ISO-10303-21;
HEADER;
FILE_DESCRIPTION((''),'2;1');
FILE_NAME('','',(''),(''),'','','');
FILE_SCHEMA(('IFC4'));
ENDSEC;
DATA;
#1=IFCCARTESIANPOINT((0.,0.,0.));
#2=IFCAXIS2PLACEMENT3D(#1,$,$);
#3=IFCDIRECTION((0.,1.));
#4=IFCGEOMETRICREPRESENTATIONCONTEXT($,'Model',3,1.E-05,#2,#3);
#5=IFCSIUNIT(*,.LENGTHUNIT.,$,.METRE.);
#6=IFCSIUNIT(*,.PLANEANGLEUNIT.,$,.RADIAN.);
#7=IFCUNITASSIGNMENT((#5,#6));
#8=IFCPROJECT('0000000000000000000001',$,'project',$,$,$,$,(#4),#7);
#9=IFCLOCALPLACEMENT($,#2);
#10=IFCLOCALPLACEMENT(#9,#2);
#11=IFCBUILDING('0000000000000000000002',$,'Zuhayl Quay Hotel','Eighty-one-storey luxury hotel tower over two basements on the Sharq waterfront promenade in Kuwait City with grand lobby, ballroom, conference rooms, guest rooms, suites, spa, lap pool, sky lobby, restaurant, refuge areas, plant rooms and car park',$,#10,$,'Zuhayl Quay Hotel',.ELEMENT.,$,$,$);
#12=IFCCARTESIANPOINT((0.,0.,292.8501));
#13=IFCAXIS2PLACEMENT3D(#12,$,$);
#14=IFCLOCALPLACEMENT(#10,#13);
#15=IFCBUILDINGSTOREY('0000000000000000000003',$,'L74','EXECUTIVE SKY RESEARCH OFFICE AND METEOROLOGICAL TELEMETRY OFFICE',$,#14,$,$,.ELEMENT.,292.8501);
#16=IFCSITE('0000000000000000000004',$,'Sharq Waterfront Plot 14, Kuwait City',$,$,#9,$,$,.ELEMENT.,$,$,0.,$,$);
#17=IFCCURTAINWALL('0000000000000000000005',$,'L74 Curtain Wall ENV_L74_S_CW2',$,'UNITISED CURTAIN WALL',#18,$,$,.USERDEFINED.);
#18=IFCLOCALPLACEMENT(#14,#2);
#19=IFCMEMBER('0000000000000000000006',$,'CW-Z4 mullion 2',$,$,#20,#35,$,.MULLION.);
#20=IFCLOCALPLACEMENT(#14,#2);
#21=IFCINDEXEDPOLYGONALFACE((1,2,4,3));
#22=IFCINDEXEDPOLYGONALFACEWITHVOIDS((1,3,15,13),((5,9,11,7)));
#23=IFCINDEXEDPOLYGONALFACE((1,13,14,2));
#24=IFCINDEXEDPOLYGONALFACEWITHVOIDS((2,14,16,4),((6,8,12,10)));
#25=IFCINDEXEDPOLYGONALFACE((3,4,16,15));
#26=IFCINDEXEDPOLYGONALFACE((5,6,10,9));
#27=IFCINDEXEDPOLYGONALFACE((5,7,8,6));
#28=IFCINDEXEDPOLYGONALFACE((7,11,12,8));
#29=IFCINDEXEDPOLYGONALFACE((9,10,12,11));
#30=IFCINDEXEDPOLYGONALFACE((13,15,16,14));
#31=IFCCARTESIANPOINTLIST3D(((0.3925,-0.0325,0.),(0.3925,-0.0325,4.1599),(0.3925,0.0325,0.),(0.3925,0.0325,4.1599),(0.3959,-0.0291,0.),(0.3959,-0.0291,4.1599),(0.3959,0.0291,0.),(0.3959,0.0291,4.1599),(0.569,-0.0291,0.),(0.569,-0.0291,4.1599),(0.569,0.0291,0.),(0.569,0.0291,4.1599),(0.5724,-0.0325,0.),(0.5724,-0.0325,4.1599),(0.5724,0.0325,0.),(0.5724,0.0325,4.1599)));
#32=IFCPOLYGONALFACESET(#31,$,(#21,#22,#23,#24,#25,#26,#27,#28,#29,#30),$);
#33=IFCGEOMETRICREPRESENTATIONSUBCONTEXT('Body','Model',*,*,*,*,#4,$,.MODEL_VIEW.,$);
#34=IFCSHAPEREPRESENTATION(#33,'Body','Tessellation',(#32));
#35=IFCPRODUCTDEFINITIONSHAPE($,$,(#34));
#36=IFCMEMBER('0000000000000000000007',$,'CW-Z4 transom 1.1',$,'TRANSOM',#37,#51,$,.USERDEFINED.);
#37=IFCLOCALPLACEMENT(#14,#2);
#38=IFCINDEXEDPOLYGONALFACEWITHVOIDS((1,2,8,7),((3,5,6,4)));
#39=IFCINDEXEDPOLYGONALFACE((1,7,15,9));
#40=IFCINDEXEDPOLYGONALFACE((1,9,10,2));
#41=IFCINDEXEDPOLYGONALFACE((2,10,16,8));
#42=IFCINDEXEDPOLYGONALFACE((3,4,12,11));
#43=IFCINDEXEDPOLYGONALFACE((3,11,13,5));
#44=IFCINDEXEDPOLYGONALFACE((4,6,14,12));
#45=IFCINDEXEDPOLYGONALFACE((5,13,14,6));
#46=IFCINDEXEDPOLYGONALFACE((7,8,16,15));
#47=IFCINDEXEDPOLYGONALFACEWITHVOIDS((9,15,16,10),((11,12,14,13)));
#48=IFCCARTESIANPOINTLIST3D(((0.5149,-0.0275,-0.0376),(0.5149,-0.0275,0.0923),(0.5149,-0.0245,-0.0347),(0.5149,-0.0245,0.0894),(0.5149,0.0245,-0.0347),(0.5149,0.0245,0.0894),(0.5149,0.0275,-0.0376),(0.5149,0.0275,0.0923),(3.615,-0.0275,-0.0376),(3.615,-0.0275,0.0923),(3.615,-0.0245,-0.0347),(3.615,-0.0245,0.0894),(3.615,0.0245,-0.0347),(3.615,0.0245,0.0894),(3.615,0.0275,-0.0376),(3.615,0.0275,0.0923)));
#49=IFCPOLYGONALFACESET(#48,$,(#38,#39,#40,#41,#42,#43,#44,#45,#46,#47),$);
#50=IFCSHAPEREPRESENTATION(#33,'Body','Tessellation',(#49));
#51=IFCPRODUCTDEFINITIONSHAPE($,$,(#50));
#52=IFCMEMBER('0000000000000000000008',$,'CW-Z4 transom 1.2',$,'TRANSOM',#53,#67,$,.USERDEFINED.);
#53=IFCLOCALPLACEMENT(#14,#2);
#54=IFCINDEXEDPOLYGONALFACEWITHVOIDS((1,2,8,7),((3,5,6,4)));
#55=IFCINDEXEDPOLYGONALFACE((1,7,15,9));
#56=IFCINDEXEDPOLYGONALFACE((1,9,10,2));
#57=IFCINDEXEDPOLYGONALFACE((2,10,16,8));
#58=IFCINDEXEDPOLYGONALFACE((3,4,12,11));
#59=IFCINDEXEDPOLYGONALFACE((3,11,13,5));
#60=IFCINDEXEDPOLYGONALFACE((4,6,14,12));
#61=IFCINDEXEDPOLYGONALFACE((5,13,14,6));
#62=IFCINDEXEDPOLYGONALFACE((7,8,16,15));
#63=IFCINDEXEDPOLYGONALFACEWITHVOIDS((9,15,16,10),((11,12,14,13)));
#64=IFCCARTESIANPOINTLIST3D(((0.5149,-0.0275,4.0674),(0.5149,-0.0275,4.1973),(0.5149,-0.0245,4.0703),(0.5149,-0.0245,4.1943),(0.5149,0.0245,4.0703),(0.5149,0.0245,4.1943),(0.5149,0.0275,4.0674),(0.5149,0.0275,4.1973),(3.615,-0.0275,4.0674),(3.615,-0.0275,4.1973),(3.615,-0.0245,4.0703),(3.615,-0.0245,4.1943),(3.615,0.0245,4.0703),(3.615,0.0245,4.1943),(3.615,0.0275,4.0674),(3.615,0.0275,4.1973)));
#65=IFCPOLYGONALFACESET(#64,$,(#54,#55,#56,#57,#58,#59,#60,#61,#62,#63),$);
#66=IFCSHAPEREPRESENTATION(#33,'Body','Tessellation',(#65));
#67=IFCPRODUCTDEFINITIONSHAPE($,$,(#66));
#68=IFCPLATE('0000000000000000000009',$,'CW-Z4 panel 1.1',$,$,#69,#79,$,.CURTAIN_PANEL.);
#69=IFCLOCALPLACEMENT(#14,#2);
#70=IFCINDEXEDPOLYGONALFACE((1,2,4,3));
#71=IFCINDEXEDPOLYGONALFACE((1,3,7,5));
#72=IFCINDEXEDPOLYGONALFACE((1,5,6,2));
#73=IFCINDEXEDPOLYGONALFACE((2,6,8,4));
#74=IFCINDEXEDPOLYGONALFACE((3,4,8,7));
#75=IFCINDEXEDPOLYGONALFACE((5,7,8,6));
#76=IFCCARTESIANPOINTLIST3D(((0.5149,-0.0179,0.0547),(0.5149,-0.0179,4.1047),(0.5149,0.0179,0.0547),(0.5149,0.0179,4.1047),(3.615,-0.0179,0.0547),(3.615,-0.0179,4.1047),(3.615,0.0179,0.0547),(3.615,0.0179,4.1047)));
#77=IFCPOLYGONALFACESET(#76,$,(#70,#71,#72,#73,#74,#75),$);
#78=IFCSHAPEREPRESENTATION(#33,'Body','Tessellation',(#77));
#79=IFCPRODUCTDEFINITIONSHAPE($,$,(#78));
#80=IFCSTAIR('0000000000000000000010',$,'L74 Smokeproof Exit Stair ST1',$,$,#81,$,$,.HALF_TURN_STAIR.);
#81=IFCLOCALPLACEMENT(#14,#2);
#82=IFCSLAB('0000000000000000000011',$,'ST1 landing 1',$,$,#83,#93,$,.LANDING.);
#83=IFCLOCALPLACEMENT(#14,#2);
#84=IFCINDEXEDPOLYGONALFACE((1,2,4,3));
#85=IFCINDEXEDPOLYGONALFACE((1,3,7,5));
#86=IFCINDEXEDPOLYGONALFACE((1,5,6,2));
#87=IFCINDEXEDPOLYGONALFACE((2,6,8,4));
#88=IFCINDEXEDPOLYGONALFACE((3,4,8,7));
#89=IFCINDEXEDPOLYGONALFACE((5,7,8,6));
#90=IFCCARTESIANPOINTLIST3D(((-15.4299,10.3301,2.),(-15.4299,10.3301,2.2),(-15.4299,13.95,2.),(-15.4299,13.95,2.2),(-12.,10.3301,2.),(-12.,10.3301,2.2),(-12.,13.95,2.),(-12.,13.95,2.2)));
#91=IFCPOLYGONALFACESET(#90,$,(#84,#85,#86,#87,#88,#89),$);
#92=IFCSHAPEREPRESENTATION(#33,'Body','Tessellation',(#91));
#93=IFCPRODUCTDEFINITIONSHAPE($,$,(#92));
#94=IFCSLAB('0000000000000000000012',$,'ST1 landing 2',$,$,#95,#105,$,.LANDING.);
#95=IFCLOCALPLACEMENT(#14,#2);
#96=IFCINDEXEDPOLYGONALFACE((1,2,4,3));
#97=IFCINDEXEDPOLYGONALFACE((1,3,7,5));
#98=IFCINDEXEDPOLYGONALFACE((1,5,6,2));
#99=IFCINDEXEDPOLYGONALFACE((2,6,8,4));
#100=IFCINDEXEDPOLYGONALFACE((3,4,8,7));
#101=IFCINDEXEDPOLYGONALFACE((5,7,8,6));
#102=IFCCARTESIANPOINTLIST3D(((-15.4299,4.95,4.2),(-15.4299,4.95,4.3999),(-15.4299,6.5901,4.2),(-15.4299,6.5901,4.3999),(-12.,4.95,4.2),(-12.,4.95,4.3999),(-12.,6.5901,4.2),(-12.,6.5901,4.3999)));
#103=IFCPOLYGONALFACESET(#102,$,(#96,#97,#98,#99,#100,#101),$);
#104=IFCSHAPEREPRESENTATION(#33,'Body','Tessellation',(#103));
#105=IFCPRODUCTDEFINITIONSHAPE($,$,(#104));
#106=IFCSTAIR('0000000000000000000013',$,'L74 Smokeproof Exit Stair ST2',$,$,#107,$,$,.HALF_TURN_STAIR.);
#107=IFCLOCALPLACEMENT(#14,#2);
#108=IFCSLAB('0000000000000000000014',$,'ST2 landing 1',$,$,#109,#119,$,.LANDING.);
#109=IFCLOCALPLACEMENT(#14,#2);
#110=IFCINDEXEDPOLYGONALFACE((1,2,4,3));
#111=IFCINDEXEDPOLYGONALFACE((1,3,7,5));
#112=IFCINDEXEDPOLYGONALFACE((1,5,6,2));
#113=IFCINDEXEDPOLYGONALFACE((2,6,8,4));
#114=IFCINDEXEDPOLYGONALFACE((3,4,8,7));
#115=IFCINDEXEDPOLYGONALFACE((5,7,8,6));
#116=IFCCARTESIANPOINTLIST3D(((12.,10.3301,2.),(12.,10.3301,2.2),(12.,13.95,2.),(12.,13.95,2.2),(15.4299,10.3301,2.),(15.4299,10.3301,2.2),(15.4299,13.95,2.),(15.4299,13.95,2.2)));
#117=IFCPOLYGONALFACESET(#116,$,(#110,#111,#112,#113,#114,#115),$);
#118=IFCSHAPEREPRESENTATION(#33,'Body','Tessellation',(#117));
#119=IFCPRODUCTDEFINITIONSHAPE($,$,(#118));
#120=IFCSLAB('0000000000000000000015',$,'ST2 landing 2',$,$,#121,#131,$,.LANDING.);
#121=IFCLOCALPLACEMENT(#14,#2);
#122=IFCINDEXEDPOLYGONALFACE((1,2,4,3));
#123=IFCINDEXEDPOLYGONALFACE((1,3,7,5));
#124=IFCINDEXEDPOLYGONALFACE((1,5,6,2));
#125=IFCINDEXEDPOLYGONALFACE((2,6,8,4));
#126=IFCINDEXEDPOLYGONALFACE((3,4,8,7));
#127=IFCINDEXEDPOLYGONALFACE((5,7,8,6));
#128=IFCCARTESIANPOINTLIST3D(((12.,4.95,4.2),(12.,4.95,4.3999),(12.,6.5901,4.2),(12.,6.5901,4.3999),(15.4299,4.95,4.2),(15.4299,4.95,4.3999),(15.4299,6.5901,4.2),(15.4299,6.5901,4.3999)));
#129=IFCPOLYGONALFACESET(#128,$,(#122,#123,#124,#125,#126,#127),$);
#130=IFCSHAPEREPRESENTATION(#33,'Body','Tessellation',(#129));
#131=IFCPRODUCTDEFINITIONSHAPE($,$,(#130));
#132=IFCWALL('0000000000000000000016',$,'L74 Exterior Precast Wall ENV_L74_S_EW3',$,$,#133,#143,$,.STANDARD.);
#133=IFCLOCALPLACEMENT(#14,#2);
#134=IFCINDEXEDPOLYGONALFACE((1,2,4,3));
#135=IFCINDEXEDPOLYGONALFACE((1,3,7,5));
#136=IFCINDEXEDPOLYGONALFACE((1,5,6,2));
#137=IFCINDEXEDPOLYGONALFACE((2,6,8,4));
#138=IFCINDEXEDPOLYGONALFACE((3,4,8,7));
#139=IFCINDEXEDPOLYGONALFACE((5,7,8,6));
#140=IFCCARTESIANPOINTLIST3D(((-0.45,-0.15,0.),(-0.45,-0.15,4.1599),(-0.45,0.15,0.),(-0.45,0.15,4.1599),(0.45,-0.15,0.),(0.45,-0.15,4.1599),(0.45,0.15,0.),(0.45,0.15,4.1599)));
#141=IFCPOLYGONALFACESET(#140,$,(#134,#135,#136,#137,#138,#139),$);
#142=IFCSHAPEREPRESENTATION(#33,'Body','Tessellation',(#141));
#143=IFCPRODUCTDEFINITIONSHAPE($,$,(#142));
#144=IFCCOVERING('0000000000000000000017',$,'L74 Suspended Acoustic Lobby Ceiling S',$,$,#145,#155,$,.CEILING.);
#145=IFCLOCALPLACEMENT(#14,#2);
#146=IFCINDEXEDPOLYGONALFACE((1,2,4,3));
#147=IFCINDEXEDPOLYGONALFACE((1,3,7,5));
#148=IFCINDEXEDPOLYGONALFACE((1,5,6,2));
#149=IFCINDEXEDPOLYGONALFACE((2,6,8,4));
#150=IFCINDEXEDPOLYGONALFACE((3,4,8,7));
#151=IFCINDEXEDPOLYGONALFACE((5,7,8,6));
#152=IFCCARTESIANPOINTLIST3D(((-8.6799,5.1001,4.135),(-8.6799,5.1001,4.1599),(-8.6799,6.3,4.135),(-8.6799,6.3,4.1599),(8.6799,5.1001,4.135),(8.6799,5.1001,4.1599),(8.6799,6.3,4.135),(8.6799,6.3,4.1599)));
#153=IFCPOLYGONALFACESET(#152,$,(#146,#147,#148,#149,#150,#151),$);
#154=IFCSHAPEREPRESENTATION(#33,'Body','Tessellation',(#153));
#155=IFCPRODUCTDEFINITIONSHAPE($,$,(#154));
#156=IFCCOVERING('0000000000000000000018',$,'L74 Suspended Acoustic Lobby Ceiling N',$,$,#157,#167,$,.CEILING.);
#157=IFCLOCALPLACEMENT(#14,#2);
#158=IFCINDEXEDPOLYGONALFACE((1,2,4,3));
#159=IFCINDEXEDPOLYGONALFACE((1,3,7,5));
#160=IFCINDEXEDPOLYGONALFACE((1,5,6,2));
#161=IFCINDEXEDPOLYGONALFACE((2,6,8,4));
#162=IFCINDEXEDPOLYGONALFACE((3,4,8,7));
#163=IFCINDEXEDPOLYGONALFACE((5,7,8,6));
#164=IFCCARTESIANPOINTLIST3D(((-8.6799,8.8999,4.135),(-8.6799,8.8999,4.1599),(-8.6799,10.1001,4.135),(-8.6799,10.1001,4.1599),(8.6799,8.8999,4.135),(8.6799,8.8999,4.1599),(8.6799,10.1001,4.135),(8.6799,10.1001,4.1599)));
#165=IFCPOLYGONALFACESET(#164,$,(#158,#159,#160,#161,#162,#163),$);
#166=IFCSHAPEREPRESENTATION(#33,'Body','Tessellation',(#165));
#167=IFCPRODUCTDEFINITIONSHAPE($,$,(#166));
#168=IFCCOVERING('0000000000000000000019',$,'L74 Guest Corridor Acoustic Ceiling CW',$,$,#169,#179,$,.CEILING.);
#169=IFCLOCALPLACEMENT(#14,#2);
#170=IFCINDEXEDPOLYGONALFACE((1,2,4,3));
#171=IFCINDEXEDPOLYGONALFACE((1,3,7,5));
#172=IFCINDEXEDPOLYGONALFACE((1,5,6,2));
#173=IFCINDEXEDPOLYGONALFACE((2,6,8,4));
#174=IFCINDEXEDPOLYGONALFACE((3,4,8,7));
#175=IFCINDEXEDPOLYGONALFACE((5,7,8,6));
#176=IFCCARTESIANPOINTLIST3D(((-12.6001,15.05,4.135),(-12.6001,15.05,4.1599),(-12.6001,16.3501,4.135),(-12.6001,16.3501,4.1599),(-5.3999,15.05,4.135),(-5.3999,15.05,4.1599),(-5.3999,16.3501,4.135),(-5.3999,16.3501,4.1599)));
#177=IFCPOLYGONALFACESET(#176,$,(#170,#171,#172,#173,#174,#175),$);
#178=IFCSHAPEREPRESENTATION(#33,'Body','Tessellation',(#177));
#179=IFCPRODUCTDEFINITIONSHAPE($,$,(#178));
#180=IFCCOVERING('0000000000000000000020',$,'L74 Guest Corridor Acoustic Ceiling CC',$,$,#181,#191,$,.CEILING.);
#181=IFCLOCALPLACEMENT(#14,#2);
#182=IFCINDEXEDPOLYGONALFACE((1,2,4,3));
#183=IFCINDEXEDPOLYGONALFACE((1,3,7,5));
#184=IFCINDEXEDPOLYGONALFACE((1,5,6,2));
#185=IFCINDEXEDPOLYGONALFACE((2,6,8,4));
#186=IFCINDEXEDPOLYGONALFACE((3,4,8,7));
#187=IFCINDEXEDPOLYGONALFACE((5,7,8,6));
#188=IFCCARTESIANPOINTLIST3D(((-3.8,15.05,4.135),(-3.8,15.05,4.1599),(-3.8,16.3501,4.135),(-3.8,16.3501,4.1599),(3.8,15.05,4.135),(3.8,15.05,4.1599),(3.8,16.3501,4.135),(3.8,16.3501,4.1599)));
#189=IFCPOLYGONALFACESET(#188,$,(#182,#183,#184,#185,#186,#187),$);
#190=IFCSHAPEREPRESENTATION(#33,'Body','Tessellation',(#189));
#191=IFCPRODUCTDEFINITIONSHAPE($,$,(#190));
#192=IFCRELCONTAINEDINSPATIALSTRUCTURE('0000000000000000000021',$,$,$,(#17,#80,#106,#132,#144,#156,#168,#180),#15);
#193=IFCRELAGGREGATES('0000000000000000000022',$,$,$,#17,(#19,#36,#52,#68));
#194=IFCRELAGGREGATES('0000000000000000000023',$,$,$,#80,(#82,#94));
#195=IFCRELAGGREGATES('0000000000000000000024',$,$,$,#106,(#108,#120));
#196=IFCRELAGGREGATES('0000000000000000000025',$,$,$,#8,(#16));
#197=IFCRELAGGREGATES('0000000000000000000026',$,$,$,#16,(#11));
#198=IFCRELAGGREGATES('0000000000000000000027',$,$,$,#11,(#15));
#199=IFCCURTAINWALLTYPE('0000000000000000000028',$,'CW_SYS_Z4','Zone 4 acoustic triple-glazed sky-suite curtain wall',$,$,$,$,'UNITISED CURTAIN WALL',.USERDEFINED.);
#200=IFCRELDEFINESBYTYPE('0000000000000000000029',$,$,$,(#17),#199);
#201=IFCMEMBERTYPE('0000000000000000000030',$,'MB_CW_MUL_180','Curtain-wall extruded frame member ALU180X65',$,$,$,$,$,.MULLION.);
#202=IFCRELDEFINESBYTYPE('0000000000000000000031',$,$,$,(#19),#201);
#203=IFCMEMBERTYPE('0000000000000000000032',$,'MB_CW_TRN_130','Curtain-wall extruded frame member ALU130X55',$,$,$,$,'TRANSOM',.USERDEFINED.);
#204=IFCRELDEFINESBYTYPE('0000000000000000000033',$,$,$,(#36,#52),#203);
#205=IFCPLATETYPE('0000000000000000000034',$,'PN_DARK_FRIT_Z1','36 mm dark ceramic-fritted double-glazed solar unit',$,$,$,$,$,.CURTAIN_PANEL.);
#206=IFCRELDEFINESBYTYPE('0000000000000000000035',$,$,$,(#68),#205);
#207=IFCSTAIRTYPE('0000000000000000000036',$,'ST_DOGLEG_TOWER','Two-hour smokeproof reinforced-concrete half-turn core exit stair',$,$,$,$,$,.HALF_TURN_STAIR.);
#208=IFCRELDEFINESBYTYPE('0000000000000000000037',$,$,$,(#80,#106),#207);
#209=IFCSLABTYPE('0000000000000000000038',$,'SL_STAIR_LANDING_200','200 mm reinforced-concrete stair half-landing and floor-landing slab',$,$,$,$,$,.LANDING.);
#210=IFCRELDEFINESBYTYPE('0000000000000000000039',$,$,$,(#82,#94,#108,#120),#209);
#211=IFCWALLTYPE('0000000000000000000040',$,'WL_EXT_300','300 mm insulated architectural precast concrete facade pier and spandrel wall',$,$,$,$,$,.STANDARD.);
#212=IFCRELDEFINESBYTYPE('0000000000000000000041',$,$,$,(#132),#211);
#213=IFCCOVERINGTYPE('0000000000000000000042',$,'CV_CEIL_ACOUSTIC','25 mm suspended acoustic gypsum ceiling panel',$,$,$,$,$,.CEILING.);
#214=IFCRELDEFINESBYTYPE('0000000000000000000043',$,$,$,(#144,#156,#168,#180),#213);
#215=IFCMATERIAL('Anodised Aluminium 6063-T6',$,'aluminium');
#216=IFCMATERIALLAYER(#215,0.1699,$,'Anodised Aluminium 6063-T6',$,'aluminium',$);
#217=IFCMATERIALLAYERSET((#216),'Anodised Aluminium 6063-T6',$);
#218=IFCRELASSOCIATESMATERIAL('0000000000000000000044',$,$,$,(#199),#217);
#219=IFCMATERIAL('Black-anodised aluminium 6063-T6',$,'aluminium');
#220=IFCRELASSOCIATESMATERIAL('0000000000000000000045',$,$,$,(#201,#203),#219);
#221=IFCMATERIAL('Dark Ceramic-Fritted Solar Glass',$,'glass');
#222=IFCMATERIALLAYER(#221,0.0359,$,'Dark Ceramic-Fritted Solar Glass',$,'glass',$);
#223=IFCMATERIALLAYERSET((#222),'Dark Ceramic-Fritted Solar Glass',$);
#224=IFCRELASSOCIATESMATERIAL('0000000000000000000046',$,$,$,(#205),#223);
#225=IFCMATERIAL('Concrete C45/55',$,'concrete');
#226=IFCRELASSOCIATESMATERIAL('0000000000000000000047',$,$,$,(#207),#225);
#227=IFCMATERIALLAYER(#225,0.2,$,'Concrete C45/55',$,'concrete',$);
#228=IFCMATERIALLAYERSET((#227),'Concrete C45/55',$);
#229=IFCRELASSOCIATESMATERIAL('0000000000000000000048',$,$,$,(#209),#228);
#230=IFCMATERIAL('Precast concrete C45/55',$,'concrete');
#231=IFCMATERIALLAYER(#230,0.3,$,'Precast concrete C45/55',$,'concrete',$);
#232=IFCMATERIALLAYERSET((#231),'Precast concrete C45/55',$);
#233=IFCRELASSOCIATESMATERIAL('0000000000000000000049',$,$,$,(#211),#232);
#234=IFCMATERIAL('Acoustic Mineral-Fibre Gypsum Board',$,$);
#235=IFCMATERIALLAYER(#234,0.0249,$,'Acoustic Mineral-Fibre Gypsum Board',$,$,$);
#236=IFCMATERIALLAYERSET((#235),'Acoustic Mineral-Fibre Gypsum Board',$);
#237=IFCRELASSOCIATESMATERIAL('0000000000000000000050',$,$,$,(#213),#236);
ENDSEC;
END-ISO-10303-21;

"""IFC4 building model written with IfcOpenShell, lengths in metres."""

from ifc_helpers import new_model, si_unit, direction, frame, frame_2d, origin, origin_2d, place, context, subcontext, project, spatial, polyline, rectangle, hollow_rectangle, outline, extrude, material, layer, layer_set, material_profile, profile_set, type_object, element, aggregate, save


model = new_model("IFC4")

# Units and contexts
model_context = context("Model", 3, precision=1e-05, world=origin(), true_north=direction((0.0, 1.0)))
body_context = subcontext(model_context, "Body", "Model", "MODEL_VIEW")
ifc_project = project(units=[si_unit("LENGTHUNIT", "METRE"), si_unit("PLANEANGLEUNIT", "RADIAN")], contexts=[model_context])

# Site, building, storey
site_placement = place(None, origin())
site = spatial("IfcSite", under=ifc_project, at=site_placement, Name="Sharq Waterfront Plot 14, Kuwait City", CompositionType="ELEMENT", RefElevation=0.0)
building_placement = place(site_placement, origin())
building = spatial("IfcBuilding", under=site, at=building_placement, Name="Zuhayl Quay Hotel", Description="Eighty-one-storey luxury hotel tower over two basements on the Sharq waterfront promenade in Kuwait City with grand lobby, ballroom, conference rooms, guest rooms, suites, spa, lap pool, sky lobby, restaurant, refuge areas, plant rooms and car park", LongName="Zuhayl Quay Hotel", CompositionType="ELEMENT")
storey_placement = place(building_placement, frame((0.0, 0.0, 292.8501)))
storey = spatial("IfcBuildingStorey", under=building, at=storey_placement, Name="L74", Description="EXECUTIVE SKY RESEARCH OFFICE AND METEOROLOGICAL TELEMETRY OFFICE", CompositionType="ELEMENT", Elevation=292.8501)

# Curtain wall, members, plate
ifc_material_1 = material(Name="Anodised Aluminium 6063-T6", Category="aluminium")
ifc_layer_1 = layer(ifc_material_1, 0.1699, Name="Anodised Aluminium 6063-T6", Category="aluminium")
ifc_layer_set_1 = layer_set([ifc_layer_1], Name="Anodised Aluminium 6063-T6")
curtain_wall_type = type_object("IfcCurtainWallType", Name="CW_SYS_Z4", Description="Zone 4 acoustic triple-glazed sky-suite curtain wall", ElementType="UNITISED CURTAIN WALL", PredefinedType="USERDEFINED", material=ifc_layer_set_1)
curtain_wall_placement = place(storey_placement, origin())
curtain_wall = element("IfcCurtainWall", 1, at=curtain_wall_placement, inside=storey, type_object=curtain_wall_type, Name="L74 Curtain Wall ENV_L74_S_CW2", ObjectType="UNITISED CURTAIN WALL", PredefinedType="USERDEFINED")
ifc_material_2 = material(Name="Black-anodised aluminium 6063-T6", Category="aluminium")
ifc_material_profile_1 = material_profile(ifc_material_2, hollow_rectangle(XDim=0.0649, YDim=0.1799, WallThickness=0.0034, at=origin_2d()), Name="ALU180X65")
ifc_profile_set_1 = profile_set([ifc_material_profile_1], Name="Black-anodised aluminium 6063-T6")
member_type_1 = type_object("IfcMemberType", Name="MB_CW_MUL_180", Description="Curtain-wall extruded frame member ALU180X65", PredefinedType="MULLION", material=ifc_profile_set_1)
member_1_placement = place(storey_placement, frame((0.4824, 0.0, 0.0), z_axis=(0.0, 0.0, 1.0), x_axis=(0.0, -1.0, 0.0)))
member_1 = element("IfcMember", 2, at=member_1_placement, type_object=member_type_1, Name="CW-Z4 mullion 2", PredefinedType="MULLION", context=body_context, shape_type="SweptSolid", body=[
    extrude(hollow_rectangle(XDim=0.0649, YDim=0.1799, WallThickness=0.0034, at=origin_2d()), origin(), (0.0, 0.0, 1.0), 4.1599),
])
ifc_material_profile_2 = material_profile(ifc_material_2, hollow_rectangle(XDim=0.0549, YDim=0.1299, WallThickness=0.0029, at=origin_2d()), Name="ALU130X55")
ifc_profile_set_2 = profile_set([ifc_material_profile_2], Name="Black-anodised aluminium 6063-T6")
member_type_2 = type_object("IfcMemberType", Name="MB_CW_TRN_130", Description="Curtain-wall extruded frame member ALU130X55", ElementType="TRANSOM", PredefinedType="USERDEFINED", material=ifc_profile_set_2)
member_2_placement = place(storey_placement, frame((3.615, 0.0, 0.0273), z_axis=(-1.0, 0.0, 0.0), x_axis=(0.0, -1.0, 0.0)))
member_2 = element("IfcMember", 3, at=member_2_placement, type_object=member_type_2, Name="CW-Z4 transom 1.1", ObjectType="TRANSOM", PredefinedType="USERDEFINED", context=body_context, shape_type="SweptSolid", body=[
    extrude(hollow_rectangle(XDim=0.0549, YDim=0.1299, WallThickness=0.0029, at=origin_2d()), origin(), (0.0, 0.0, 1.0), 3.1001),
])
member_3_placement = place(storey_placement, frame((3.615, 0.0, 4.1323), z_axis=(-1.0, 0.0, 0.0), x_axis=(0.0, -1.0, 0.0)))
member_3 = element("IfcMember", 4, at=member_3_placement, type_object=member_type_2, Name="CW-Z4 transom 1.2", ObjectType="TRANSOM", PredefinedType="USERDEFINED", context=body_context, shape_type="SweptSolid", body=[
    extrude(hollow_rectangle(XDim=0.0549, YDim=0.1299, WallThickness=0.0029, at=origin_2d()), origin(), (0.0, 0.0, 1.0), 3.1001),
])
ifc_material_3 = material(Name="Dark Ceramic-Fritted Solar Glass", Category="glass")
ifc_layer_2 = layer(ifc_material_3, 0.0359, Name="Dark Ceramic-Fritted Solar Glass", Category="glass")
ifc_layer_set_2 = layer_set([ifc_layer_2], Name="Dark Ceramic-Fritted Solar Glass")
plate_type = type_object("IfcPlateType", Name="PN_DARK_FRIT_Z1", Description="36 mm dark ceramic-fritted double-glazed solar unit", PredefinedType="CURTAIN_PANEL", material=ifc_layer_set_2)
plate_placement = place(storey_placement, frame((2.0649, 0.0, 0.0547), z_axis=(0.0, 0.0, 1.0), x_axis=(-1.0, 0.0, 0.0)))
plate = element("IfcPlate", 5, at=plate_placement, type_object=plate_type, Name="CW-Z4 panel 1.1", PredefinedType="CURTAIN_PANEL", context=body_context, shape_type="SweptSolid", body=[
    extrude(rectangle(XDim=3.1001, YDim=0.0359, at=origin_2d()), origin(), (0.0, 0.0, 1.0), 4.05),
])
aggregate(curtain_wall, [member_1, member_2, member_3, plate])

# Stairs, slabs
ifc_material_4 = material(Name="Concrete C45/55", Category="concrete")
stair_type = type_object("IfcStairType", Name="ST_DOGLEG_TOWER", Description="Two-hour smokeproof reinforced-concrete half-turn core exit stair", PredefinedType="HALF_TURN_STAIR", material=ifc_material_4)
stair_1_placement = place(storey_placement, origin())
stair_1 = element("IfcStair", 6, at=stair_1_placement, inside=storey, type_object=stair_type, Name="L74 Smokeproof Exit Stair ST1", PredefinedType="HALF_TURN_STAIR")
ifc_layer_3 = layer(ifc_material_4, 0.2, Name="Concrete C45/55", Category="concrete")
ifc_layer_set_3 = layer_set([ifc_layer_3], Name="Concrete C45/55")
slab_type = type_object("IfcSlabType", Name="SL_STAIR_LANDING_200", Description="200 mm reinforced-concrete stair half-landing and floor-landing slab", PredefinedType="LANDING", material=ifc_layer_set_3)
slab_1_placement = place(storey_placement, frame((0.0, 0.0, 2.0)))
slab_1 = element("IfcSlab", 7, at=slab_1_placement, type_object=slab_type, Name="ST1 landing 1", PredefinedType="LANDING", context=body_context, shape_type="SweptSolid", body=[
    extrude(outline(polyline([(-12.0, 10.3301), (-12.0, 13.95), (-15.4299, 13.95), (-15.4299, 10.3301), (-12.0, 10.3301)])), origin(), (0.0, 0.0, 1.0), 0.2),
])
slab_2_placement = place(storey_placement, frame((0.0, 0.0, 4.2)))
slab_2 = element("IfcSlab", 8, at=slab_2_placement, type_object=slab_type, Name="ST1 landing 2", PredefinedType="LANDING", context=body_context, shape_type="SweptSolid", body=[
    extrude(outline(polyline([(-12.0, 4.95), (-12.0, 6.5901), (-15.4299, 6.5901), (-15.4299, 4.95), (-12.0, 4.95)])), origin(), (0.0, 0.0, 1.0), 0.2),
])
aggregate(stair_1, [slab_1, slab_2])
stair_2_placement = place(storey_placement, origin())
stair_2 = element("IfcStair", 9, at=stair_2_placement, inside=storey, type_object=stair_type, Name="L74 Smokeproof Exit Stair ST2", PredefinedType="HALF_TURN_STAIR")
slab_3_placement = place(storey_placement, frame((0.0, 0.0, 2.0)))
slab_3 = element("IfcSlab", 10, at=slab_3_placement, type_object=slab_type, Name="ST2 landing 1", PredefinedType="LANDING", context=body_context, shape_type="SweptSolid", body=[
    extrude(outline(polyline([(15.4299, 10.3301), (15.4299, 13.95), (12.0, 13.95), (12.0, 10.3301), (15.4299, 10.3301)])), origin(), (0.0, 0.0, 1.0), 0.2),
])
slab_4_placement = place(storey_placement, frame((0.0, 0.0, 4.2)))
slab_4 = element("IfcSlab", 11, at=slab_4_placement, type_object=slab_type, Name="ST2 landing 2", PredefinedType="LANDING", context=body_context, shape_type="SweptSolid", body=[
    extrude(outline(polyline([(15.4299, 4.95), (15.4299, 6.5901), (12.0, 6.5901), (12.0, 4.95), (15.4299, 4.95)])), origin(), (0.0, 0.0, 1.0), 0.2),
])
aggregate(stair_2, [slab_3, slab_4])

# Wall
ifc_material_5 = material(Name="Precast concrete C45/55", Category="concrete")
ifc_layer_4 = layer(ifc_material_5, 0.3, Name="Precast concrete C45/55", Category="concrete")
ifc_layer_set_4 = layer_set([ifc_layer_4], Name="Precast concrete C45/55")
wall_type = type_object("IfcWallType", Name="WL_EXT_300", Description="300 mm insulated architectural precast concrete facade pier and spandrel wall", PredefinedType="STANDARD", material=ifc_layer_set_4)
wall_placement = place(storey_placement, frame((0.45, 0.0, 0.0), z_axis=(0.0, 0.0, 1.0), x_axis=(-1.0, 0.0, 0.0)))
element("IfcWall", 12, at=wall_placement, inside=storey, type_object=wall_type, Name="L74 Exterior Precast Wall ENV_L74_S_EW3", PredefinedType="STANDARD", context=body_context, shape_type="SweptSolid", body=[
    extrude(rectangle(XDim=0.8999, YDim=0.3, at=frame_2d((0.45, 0.0))), origin(), (0.0, 0.0, 1.0), 4.1599),
])

# Coverings
ifc_material_6 = material(Name="Acoustic Mineral-Fibre Gypsum Board")
ifc_layer_5 = layer(ifc_material_6, 0.0249, Name="Acoustic Mineral-Fibre Gypsum Board")
ifc_layer_set_5 = layer_set([ifc_layer_5], Name="Acoustic Mineral-Fibre Gypsum Board")
covering_type_1 = type_object("IfcCoveringType", Name="CV_CEIL_ACOUSTIC", Description="25 mm suspended acoustic gypsum ceiling panel", PredefinedType="CEILING", material=ifc_layer_set_5)
covering_1_placement = place(storey_placement, frame((0.0, 0.0, 4.135)))
element("IfcCovering", 13, at=covering_1_placement, inside=storey, type_object=covering_type_1, Name="L74 Suspended Acoustic Lobby Ceiling S", PredefinedType="CEILING", context=body_context, shape_type="SweptSolid", body=[
    extrude(outline(polyline([(-8.6799, 5.1001), (8.6799, 5.1001), (8.6799, 6.3), (-8.6799, 6.3), (-8.6799, 5.1001)])), origin(), (0.0, 0.0, 1.0), 0.0249),
])
covering_2_placement = place(storey_placement, frame((0.0, 0.0, 4.135)))
element("IfcCovering", 14, at=covering_2_placement, inside=storey, type_object=covering_type_1, Name="L74 Suspended Acoustic Lobby Ceiling N", PredefinedType="CEILING", context=body_context, shape_type="SweptSolid", body=[
    extrude(outline(polyline([(-8.6799, 8.8999), (8.6799, 8.8999), (8.6799, 10.1001), (-8.6799, 10.1001), (-8.6799, 8.8999)])), origin(), (0.0, 0.0, 1.0), 0.0249),
])
covering_3_placement = place(storey_placement, frame((0.0, 0.0, 4.135)))
element("IfcCovering", 15, at=covering_3_placement, inside=storey, type_object=covering_type_1, Name="L74 Guest Corridor Acoustic Ceiling CW", PredefinedType="CEILING", context=body_context, shape_type="SweptSolid", body=[
    extrude(outline(polyline([(-12.6001, 15.05), (-5.3999, 15.05), (-5.3999, 16.3501), (-12.6001, 16.3501), (-12.6001, 15.05)])), origin(), (0.0, 0.0, 1.0), 0.0249),
])
covering_4_placement = place(storey_placement, frame((0.0, 0.0, 4.135)))
element("IfcCovering", 16, at=covering_4_placement, inside=storey, type_object=covering_type_1, Name="L74 Guest Corridor Acoustic Ceiling CC", PredefinedType="CEILING", context=body_context, shape_type="SweptSolid", body=[
    extrude(outline(polyline([(-3.8, 15.05), (3.8, 15.05), (3.8, 16.3501), (-3.8, 16.3501), (-3.8, 15.05)])), origin(), (0.0, 0.0, 1.0), 0.0249),
])

save(model, "model.ifc")
